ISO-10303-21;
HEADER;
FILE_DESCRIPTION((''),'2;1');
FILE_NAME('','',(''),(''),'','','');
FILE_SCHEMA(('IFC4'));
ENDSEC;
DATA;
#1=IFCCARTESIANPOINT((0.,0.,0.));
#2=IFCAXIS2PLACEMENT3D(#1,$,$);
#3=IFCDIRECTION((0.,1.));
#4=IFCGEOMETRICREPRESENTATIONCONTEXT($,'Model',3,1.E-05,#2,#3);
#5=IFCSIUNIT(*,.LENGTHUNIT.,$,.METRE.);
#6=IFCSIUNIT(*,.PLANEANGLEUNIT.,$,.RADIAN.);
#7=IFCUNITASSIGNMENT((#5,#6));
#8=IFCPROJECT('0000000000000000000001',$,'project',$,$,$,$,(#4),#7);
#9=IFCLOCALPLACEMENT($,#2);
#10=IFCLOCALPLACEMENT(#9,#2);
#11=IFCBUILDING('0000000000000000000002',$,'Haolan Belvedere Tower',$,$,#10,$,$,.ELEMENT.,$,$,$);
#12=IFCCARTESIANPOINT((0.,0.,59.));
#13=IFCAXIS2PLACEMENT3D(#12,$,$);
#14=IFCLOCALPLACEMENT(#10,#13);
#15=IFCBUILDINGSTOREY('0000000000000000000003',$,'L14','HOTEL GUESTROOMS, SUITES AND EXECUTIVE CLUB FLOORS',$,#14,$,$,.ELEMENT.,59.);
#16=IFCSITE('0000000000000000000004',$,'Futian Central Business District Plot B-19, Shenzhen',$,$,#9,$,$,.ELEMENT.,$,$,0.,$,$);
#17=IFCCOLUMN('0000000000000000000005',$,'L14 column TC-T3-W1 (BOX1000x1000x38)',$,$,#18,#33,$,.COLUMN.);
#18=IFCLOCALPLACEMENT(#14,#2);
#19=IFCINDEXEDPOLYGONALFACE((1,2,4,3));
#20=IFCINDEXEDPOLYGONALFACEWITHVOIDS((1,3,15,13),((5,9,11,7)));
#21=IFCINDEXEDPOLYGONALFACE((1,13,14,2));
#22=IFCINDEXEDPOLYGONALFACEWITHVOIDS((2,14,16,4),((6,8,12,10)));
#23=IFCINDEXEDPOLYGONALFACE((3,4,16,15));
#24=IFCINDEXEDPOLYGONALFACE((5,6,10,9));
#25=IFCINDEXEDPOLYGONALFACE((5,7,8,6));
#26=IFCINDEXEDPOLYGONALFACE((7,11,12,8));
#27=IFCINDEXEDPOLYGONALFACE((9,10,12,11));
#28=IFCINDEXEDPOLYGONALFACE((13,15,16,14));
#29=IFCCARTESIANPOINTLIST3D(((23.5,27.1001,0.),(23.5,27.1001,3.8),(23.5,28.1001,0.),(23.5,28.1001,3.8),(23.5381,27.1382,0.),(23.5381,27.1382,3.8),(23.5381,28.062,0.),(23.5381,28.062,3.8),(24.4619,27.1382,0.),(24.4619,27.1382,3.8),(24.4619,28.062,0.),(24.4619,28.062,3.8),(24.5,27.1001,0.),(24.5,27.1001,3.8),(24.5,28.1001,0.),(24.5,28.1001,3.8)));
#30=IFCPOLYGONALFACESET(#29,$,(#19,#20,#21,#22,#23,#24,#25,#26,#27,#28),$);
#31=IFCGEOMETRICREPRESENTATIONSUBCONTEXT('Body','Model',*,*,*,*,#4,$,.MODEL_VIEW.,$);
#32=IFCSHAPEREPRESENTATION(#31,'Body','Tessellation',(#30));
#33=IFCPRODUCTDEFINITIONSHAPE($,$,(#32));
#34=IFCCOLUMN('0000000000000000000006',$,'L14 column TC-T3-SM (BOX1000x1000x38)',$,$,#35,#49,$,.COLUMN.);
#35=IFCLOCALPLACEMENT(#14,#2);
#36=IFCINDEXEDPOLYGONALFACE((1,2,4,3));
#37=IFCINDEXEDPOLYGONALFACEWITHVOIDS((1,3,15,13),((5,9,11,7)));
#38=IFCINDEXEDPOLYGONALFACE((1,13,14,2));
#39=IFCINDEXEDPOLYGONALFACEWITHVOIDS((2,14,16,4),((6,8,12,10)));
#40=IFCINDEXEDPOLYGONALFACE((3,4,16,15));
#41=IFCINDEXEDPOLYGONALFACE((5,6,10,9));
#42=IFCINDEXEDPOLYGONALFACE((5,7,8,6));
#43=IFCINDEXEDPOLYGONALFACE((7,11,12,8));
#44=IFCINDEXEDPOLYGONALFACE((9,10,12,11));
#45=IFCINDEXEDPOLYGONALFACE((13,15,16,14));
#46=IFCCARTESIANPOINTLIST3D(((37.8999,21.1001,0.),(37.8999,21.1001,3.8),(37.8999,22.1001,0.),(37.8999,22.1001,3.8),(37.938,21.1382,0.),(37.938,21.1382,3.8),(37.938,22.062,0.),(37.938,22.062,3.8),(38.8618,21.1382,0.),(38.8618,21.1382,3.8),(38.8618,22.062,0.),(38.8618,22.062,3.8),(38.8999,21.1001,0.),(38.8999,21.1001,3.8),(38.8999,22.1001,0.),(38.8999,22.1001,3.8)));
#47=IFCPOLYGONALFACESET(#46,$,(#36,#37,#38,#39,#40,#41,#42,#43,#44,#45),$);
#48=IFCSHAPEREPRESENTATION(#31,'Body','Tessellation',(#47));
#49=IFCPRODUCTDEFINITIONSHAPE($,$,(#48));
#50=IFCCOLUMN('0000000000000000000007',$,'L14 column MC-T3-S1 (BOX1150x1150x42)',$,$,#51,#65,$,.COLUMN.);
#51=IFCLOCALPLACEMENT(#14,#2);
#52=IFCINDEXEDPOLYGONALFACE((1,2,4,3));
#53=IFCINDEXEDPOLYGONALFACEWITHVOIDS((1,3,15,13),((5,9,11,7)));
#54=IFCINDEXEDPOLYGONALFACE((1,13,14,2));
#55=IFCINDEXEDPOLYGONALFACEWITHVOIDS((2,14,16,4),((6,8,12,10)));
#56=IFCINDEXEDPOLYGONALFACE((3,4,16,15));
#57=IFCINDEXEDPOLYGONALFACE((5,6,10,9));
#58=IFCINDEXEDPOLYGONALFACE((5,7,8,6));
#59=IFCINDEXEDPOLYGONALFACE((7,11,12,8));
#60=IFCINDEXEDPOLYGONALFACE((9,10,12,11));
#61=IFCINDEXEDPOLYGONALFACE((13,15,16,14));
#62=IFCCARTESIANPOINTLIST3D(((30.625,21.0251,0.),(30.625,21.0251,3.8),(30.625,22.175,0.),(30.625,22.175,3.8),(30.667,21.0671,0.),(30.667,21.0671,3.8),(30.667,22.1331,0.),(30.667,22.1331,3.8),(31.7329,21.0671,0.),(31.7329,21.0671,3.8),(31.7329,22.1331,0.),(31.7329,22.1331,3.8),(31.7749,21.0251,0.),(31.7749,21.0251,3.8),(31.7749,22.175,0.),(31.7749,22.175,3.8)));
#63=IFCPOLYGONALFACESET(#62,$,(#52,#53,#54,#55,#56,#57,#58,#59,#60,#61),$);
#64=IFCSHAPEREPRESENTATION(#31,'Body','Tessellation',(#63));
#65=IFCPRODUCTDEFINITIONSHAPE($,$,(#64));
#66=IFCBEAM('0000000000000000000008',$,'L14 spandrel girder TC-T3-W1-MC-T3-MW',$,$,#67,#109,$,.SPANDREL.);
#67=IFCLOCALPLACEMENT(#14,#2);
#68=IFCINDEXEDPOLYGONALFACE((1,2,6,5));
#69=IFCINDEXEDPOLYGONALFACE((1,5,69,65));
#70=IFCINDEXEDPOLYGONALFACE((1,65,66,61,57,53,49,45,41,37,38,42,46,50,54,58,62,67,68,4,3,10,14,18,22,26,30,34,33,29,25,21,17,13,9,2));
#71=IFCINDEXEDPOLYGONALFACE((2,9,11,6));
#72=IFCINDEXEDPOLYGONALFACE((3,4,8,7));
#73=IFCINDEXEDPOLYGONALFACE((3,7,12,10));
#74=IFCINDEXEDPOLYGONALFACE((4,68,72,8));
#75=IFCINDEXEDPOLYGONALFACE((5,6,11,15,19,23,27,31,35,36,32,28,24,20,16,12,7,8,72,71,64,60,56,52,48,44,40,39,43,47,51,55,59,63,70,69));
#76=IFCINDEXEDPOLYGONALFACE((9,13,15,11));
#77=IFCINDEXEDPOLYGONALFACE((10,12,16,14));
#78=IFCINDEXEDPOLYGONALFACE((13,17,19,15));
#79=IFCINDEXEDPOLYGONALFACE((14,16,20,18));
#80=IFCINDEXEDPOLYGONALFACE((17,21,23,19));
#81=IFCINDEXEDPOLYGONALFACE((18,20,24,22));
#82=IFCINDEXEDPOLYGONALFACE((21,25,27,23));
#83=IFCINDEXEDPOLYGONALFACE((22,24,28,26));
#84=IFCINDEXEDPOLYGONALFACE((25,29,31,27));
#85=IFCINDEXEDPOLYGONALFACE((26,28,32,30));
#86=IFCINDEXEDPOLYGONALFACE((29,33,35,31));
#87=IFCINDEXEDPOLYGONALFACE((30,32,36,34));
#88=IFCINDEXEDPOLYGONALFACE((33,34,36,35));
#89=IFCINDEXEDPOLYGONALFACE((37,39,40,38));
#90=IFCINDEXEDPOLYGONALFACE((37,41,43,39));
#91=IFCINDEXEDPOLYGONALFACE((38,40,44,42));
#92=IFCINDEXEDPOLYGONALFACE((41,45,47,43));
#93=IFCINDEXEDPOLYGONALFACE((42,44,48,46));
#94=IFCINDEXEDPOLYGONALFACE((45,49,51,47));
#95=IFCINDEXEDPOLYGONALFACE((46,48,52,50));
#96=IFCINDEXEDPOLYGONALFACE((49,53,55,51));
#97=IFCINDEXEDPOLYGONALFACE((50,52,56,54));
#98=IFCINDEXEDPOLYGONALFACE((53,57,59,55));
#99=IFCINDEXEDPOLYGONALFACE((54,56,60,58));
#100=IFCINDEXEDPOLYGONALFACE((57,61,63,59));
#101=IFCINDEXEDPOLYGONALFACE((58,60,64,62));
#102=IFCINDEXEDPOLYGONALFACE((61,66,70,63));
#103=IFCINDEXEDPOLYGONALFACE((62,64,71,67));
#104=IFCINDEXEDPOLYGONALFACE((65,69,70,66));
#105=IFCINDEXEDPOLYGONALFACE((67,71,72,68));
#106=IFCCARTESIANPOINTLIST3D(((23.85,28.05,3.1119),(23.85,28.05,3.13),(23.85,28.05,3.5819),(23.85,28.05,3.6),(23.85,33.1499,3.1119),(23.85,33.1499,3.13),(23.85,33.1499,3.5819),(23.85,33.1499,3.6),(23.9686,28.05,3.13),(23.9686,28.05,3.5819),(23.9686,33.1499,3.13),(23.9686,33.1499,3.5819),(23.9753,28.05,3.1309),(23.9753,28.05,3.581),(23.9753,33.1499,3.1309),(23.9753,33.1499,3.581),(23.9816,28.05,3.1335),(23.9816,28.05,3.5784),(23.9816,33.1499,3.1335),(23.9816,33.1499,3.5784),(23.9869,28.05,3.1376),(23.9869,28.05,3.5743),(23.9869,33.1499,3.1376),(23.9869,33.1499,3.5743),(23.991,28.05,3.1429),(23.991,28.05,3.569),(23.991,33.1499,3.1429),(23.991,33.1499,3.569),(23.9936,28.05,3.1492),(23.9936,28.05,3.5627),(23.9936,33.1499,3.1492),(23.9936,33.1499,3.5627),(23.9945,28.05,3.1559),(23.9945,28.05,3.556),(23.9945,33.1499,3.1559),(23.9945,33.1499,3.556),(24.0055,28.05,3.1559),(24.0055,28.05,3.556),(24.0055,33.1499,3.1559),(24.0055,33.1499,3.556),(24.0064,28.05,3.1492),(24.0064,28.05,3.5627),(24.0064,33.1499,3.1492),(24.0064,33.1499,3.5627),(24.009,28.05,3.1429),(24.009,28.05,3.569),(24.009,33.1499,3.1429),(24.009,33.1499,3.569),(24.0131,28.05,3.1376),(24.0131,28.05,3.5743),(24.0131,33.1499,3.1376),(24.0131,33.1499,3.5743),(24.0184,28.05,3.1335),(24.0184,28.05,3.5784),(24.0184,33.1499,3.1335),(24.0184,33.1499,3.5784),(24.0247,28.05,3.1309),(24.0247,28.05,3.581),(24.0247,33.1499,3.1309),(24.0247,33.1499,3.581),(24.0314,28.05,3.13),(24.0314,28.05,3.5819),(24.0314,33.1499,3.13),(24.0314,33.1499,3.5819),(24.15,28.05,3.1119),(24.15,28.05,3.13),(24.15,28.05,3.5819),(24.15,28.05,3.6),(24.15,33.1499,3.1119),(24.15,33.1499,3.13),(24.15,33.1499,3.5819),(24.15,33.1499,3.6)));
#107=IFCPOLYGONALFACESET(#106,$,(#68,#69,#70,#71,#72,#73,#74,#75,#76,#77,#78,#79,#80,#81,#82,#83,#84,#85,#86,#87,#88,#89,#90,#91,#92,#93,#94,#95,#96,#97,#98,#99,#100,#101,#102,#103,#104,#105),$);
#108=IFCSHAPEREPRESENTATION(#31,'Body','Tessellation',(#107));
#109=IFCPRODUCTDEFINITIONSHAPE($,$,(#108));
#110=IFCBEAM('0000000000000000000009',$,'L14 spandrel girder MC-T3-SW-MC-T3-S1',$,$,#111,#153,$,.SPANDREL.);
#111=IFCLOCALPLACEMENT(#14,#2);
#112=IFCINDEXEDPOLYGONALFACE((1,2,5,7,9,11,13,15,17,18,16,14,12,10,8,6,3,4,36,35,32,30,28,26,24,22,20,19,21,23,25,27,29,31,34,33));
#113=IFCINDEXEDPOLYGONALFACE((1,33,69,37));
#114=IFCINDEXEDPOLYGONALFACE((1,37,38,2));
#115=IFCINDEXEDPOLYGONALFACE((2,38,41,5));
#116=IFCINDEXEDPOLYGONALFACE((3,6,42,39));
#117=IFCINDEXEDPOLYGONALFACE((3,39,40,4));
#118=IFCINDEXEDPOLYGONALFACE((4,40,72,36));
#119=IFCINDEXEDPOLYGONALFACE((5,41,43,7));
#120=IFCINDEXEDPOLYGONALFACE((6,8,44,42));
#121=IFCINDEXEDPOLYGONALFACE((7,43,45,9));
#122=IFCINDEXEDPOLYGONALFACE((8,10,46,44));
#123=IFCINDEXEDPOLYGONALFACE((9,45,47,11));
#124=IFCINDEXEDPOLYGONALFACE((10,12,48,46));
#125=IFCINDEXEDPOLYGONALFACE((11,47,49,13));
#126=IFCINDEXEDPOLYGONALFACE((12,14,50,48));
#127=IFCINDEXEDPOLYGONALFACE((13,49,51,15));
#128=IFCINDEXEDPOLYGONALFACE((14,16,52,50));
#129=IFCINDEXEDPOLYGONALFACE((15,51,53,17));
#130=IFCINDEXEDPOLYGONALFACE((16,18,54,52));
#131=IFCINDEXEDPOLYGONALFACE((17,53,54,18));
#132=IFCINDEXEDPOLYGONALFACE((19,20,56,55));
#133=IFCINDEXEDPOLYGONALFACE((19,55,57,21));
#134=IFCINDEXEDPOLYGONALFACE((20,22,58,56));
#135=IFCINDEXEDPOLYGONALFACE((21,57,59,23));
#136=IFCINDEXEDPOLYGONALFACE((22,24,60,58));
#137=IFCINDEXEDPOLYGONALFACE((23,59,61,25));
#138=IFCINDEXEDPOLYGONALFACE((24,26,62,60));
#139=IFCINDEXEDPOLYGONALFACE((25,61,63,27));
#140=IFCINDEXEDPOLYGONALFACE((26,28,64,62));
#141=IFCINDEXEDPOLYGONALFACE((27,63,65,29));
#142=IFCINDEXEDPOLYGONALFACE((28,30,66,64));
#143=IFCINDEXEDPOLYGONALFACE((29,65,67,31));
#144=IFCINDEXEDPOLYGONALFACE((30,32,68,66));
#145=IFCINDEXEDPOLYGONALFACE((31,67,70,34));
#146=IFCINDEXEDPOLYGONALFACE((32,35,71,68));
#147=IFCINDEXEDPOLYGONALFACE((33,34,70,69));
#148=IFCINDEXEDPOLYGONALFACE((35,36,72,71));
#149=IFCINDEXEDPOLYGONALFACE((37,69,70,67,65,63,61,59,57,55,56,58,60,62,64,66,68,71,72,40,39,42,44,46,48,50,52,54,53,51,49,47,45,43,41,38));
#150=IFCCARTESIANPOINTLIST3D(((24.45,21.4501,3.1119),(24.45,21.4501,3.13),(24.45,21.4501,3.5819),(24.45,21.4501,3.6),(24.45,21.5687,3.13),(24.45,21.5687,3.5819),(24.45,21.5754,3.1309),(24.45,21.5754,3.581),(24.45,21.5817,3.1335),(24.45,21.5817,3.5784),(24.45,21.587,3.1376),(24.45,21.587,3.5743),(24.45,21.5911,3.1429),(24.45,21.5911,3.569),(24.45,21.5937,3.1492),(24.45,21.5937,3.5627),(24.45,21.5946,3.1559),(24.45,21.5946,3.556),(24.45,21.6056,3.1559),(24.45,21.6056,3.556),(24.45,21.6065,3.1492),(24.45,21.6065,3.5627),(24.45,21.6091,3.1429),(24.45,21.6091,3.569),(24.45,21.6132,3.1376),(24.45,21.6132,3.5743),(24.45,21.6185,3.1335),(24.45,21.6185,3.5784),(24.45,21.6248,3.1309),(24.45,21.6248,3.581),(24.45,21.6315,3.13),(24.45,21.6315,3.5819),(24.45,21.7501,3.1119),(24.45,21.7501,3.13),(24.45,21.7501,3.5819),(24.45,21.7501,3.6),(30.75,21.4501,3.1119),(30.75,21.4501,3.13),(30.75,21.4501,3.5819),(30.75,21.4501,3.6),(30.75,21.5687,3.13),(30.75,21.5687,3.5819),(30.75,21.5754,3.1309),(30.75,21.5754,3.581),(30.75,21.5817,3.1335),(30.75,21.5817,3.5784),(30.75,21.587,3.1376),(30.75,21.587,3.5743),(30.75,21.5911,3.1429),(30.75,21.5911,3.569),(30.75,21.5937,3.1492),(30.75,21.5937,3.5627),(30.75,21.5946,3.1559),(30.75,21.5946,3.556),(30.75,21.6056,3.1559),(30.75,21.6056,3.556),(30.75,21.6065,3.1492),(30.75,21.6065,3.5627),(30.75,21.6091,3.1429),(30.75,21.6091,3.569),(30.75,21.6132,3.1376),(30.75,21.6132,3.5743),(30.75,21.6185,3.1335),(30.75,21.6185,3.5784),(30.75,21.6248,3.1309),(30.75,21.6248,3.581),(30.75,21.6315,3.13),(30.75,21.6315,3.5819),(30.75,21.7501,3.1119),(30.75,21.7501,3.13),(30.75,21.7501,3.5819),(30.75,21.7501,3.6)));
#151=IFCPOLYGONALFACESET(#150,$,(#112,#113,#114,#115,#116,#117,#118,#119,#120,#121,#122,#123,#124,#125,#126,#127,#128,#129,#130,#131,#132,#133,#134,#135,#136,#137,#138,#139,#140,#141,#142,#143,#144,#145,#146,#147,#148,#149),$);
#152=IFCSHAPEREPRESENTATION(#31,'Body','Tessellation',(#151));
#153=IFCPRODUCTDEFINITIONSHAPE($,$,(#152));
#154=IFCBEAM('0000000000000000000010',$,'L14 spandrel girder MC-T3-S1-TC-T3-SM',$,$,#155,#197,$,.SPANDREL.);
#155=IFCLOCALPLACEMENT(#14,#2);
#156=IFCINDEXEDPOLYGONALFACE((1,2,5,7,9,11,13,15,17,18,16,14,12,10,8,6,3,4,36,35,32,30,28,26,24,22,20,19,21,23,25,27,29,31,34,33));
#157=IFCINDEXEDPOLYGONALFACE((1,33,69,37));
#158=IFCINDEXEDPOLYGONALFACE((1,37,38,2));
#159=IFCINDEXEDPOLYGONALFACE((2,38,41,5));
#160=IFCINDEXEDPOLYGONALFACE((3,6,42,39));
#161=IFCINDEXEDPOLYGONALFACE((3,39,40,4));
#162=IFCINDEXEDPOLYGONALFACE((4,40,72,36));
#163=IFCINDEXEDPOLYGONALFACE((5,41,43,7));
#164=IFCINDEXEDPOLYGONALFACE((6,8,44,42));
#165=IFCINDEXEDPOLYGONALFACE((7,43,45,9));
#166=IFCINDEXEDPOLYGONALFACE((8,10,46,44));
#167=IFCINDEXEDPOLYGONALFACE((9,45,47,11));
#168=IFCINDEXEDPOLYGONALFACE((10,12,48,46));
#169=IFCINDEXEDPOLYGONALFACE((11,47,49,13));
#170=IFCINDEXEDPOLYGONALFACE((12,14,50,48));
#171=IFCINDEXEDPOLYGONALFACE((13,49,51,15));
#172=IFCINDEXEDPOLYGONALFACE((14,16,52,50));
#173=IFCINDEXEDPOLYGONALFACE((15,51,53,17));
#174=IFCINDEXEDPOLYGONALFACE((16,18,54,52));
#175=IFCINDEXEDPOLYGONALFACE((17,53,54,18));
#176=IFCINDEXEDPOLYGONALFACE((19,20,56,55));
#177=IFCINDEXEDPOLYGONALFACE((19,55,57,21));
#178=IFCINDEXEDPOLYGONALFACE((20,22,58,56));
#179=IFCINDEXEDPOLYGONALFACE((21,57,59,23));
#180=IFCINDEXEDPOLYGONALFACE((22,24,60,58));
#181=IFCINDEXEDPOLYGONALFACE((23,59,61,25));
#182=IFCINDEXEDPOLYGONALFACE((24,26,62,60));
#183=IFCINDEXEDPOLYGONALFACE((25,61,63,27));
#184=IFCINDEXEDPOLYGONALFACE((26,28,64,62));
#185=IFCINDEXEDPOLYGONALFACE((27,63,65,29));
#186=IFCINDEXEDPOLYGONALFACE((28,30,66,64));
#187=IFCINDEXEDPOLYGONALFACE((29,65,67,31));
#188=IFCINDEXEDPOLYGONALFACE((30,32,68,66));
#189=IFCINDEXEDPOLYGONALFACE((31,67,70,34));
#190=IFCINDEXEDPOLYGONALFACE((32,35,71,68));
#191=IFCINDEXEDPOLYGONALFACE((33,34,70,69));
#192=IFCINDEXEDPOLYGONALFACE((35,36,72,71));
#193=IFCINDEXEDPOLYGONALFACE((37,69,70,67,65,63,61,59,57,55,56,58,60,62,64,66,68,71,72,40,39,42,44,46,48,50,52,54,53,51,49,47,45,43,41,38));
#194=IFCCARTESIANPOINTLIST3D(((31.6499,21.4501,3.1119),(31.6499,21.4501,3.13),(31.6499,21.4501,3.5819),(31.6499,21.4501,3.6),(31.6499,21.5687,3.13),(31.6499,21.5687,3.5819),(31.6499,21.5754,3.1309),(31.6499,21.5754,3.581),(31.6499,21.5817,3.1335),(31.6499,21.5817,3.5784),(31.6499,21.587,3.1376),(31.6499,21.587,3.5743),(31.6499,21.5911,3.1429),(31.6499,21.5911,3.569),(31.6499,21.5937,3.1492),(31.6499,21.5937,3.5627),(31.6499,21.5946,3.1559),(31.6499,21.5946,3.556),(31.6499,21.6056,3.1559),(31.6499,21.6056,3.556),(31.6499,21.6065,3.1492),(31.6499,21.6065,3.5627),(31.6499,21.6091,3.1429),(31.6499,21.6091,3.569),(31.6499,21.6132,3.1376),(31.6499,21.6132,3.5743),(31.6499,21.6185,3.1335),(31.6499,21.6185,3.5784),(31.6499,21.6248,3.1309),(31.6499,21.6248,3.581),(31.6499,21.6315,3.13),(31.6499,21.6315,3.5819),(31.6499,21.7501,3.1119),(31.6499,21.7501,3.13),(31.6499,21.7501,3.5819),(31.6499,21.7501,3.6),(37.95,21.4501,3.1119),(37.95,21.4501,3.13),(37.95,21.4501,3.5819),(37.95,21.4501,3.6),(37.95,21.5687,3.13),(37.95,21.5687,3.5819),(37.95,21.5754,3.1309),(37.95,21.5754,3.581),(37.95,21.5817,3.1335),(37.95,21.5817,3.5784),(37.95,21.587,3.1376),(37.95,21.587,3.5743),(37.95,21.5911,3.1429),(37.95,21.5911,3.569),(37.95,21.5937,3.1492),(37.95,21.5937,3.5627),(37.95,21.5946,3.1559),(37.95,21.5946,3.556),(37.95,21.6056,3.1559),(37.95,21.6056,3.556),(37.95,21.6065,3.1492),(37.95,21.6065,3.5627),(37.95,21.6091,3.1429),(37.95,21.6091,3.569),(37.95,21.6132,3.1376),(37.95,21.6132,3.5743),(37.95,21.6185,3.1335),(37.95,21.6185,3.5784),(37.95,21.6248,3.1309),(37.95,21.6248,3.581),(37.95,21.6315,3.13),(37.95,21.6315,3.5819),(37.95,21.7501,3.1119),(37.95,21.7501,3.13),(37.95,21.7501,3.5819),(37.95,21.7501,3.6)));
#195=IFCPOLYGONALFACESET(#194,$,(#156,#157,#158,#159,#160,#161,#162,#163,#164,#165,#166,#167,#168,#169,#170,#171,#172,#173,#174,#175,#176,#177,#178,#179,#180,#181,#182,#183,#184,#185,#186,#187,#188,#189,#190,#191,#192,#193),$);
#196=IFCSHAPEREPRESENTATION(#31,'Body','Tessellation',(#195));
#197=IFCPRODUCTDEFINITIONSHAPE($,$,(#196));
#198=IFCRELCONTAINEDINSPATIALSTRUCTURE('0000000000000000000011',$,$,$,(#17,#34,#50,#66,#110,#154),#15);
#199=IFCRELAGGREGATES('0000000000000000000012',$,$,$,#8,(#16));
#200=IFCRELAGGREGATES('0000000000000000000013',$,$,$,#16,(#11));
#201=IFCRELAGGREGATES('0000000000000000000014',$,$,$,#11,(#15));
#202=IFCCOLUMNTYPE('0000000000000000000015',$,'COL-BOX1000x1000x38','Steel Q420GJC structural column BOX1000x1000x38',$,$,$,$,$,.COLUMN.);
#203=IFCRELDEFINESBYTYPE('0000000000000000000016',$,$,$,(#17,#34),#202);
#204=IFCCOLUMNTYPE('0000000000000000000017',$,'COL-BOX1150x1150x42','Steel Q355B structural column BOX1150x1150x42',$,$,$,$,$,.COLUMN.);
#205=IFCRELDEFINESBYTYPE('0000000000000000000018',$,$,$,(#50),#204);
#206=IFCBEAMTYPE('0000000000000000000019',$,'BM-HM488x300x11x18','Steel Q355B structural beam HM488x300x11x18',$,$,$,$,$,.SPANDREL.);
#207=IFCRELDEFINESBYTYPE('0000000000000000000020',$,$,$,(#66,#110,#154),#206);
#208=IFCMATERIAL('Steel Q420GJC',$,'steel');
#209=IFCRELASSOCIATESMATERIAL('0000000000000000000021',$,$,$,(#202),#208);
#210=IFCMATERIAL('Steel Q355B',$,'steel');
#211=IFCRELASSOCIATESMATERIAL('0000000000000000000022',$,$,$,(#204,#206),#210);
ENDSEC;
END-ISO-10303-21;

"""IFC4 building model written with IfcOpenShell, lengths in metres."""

from ifc_helpers import new_model, si_unit, direction, frame, origin, origin_2d, place, context, subcontext, project, spatial, hollow_rectangle, i_section, extrude, material, material_profile, profile_set, type_object, element, save


model = new_model("IFC4")

# Units and contexts
model_context = context("Model", 3, precision=1e-05, world=origin(), true_north=direction((0.0, 1.0)))
body_context = subcontext(model_context, "Body", "Model", "MODEL_VIEW")
ifc_project = project(units=[si_unit("LENGTHUNIT", "METRE"), si_unit("PLANEANGLEUNIT", "RADIAN")], contexts=[model_context])

# Site, building, storey
site_placement = place(None, origin())
site = spatial("IfcSite", under=ifc_project, at=site_placement, Name="Futian Central Business District Plot B-19, Shenzhen", CompositionType="ELEMENT", RefElevation=0.0)
building_placement = place(site_placement, origin())
building = spatial("IfcBuilding", under=site, at=building_placement, Name="Haolan Belvedere Tower", CompositionType="ELEMENT")
storey_placement = place(building_placement, frame((0.0, 0.0, 59.0)))
storey = spatial("IfcBuildingStorey", under=building, at=storey_placement, Name="L14", Description="HOTEL GUESTROOMS, SUITES AND EXECUTIVE CLUB FLOORS", CompositionType="ELEMENT", Elevation=59.0)

# Columns
ifc_material_1 = material(Name="Steel Q420GJC", Category="steel")
ifc_material_profile_1 = material_profile(ifc_material_1, hollow_rectangle(XDim=1.0, YDim=1.0, WallThickness=0.0381, at=origin_2d()), Name="Steel Q420GJC")
ifc_profile_set_1 = profile_set([ifc_material_profile_1], Name="Steel Q420GJC")
column_type_1 = type_object("IfcColumnType", Name="COL-BOX1000x1000x38", Description="Steel Q420GJC structural column BOX1000x1000x38", PredefinedType="COLUMN", material=ifc_profile_set_1)
for number, where, z_axis, x_axis, name in (
    (1, (24.0, 27.6001, 0.0), (0.0, 0.0, 1.0), (1.0, 0.0, 0.0), "L14 column TC-T3-W1 (BOX1000x1000x38)"),
    (2, (38.3999, 21.6001, 0.0), (0.0, 0.0, 1.0), (1.0, 0.0, 0.0), "L14 column TC-T3-SM (BOX1000x1000x38)"),
):
    element("IfcColumn", number, at=place(storey_placement, frame(where, z_axis=z_axis, x_axis=x_axis)), inside=storey, type_object=column_type_1, Name=name, PredefinedType="COLUMN", context=body_context, shape_type="SweptSolid", body=[
        extrude(hollow_rectangle(XDim=1.0, YDim=1.0, WallThickness=0.0381, at=origin_2d()), origin(), (0.0, 0.0, 1.0), 3.8),
    ])
ifc_material_2 = material(Name="Steel Q355B", Category="steel")
ifc_material_profile_2 = material_profile(ifc_material_2, hollow_rectangle(XDim=1.1499, YDim=1.1499, WallThickness=0.042, at=origin_2d()), Name="Steel Q355B")
ifc_profile_set_2 = profile_set([ifc_material_profile_2], Name="Steel Q355B")
column_type_2 = type_object("IfcColumnType", Name="COL-BOX1150x1150x42", Description="Steel Q355B structural column BOX1150x1150x42", PredefinedType="COLUMN", material=ifc_profile_set_2)
column_placement = place(storey_placement, frame((31.2, 21.6001, 0.0), z_axis=(0.0, 0.0, 1.0), x_axis=(1.0, 0.0, 0.0)))
element("IfcColumn", 3, at=column_placement, inside=storey, type_object=column_type_2, Name="L14 column MC-T3-S1 (BOX1150x1150x42)", PredefinedType="COLUMN", context=body_context, shape_type="SweptSolid", body=[
    extrude(hollow_rectangle(XDim=1.1499, YDim=1.1499, WallThickness=0.042, at=origin_2d()), origin(), (0.0, 0.0, 1.0), 3.8),
])

# Beams
ifc_material_profile_3 = material_profile(ifc_material_2, i_section(OverallWidth=0.3, OverallDepth=0.488, WebThickness=0.011, FlangeThickness=0.0181, FilletRadius=0.0259, at=origin_2d()), Name="Steel Q355B")
ifc_profile_set_3 = profile_set([ifc_material_profile_3], Name="Steel Q355B")
beam_type_1 = type_object("IfcBeamType", Name="BM-HM488x300x11x18", Description="Steel Q355B structural beam HM488x300x11x18", PredefinedType="SPANDREL", material=ifc_profile_set_3)
beam_1_placement = place(storey_placement, frame((24.0, 28.05, 3.356), z_axis=(0.0, 1.0, 0.0), x_axis=(-1.0, 0.0, 0.0)))
element("IfcBeam", 4, at=beam_1_placement, inside=storey, type_object=beam_type_1, Name="L14 spandrel girder TC-T3-W1-MC-T3-MW", PredefinedType="SPANDREL", context=body_context, shape_type="SweptSolid", body=[
    extrude(i_section(OverallWidth=0.3, OverallDepth=0.488, WebThickness=0.011, FlangeThickness=0.0181, FilletRadius=0.0259, at=origin_2d()), origin(), (0.0, 0.0, 1.0), 5.0999),
])
for number, where, z_axis, x_axis, name in (
    (5, (24.45, 21.6001, 3.356), (1.0, 0.0, 0.0), (0.0, 1.0, 0.0), "L14 spandrel girder MC-T3-SW-MC-T3-S1"),
    (6, (31.6499, 21.6001, 3.356), (1.0, 0.0, 0.0), (0.0, 1.0, 0.0), "L14 spandrel girder MC-T3-S1-TC-T3-SM"),
):
    element("IfcBeam", number, at=place(storey_placement, frame(where, z_axis=z_axis, x_axis=x_axis)), inside=storey, type_object=beam_type_1, Name=name, PredefinedType="SPANDREL", context=body_context, shape_type="SweptSolid", body=[
        extrude(i_section(OverallWidth=0.3, OverallDepth=0.488, WebThickness=0.011, FlangeThickness=0.0181, FilletRadius=0.0259, at=origin_2d()), origin(), (0.0, 0.0, 1.0), 6.3),
    ])

save(model, "model.ifc")
